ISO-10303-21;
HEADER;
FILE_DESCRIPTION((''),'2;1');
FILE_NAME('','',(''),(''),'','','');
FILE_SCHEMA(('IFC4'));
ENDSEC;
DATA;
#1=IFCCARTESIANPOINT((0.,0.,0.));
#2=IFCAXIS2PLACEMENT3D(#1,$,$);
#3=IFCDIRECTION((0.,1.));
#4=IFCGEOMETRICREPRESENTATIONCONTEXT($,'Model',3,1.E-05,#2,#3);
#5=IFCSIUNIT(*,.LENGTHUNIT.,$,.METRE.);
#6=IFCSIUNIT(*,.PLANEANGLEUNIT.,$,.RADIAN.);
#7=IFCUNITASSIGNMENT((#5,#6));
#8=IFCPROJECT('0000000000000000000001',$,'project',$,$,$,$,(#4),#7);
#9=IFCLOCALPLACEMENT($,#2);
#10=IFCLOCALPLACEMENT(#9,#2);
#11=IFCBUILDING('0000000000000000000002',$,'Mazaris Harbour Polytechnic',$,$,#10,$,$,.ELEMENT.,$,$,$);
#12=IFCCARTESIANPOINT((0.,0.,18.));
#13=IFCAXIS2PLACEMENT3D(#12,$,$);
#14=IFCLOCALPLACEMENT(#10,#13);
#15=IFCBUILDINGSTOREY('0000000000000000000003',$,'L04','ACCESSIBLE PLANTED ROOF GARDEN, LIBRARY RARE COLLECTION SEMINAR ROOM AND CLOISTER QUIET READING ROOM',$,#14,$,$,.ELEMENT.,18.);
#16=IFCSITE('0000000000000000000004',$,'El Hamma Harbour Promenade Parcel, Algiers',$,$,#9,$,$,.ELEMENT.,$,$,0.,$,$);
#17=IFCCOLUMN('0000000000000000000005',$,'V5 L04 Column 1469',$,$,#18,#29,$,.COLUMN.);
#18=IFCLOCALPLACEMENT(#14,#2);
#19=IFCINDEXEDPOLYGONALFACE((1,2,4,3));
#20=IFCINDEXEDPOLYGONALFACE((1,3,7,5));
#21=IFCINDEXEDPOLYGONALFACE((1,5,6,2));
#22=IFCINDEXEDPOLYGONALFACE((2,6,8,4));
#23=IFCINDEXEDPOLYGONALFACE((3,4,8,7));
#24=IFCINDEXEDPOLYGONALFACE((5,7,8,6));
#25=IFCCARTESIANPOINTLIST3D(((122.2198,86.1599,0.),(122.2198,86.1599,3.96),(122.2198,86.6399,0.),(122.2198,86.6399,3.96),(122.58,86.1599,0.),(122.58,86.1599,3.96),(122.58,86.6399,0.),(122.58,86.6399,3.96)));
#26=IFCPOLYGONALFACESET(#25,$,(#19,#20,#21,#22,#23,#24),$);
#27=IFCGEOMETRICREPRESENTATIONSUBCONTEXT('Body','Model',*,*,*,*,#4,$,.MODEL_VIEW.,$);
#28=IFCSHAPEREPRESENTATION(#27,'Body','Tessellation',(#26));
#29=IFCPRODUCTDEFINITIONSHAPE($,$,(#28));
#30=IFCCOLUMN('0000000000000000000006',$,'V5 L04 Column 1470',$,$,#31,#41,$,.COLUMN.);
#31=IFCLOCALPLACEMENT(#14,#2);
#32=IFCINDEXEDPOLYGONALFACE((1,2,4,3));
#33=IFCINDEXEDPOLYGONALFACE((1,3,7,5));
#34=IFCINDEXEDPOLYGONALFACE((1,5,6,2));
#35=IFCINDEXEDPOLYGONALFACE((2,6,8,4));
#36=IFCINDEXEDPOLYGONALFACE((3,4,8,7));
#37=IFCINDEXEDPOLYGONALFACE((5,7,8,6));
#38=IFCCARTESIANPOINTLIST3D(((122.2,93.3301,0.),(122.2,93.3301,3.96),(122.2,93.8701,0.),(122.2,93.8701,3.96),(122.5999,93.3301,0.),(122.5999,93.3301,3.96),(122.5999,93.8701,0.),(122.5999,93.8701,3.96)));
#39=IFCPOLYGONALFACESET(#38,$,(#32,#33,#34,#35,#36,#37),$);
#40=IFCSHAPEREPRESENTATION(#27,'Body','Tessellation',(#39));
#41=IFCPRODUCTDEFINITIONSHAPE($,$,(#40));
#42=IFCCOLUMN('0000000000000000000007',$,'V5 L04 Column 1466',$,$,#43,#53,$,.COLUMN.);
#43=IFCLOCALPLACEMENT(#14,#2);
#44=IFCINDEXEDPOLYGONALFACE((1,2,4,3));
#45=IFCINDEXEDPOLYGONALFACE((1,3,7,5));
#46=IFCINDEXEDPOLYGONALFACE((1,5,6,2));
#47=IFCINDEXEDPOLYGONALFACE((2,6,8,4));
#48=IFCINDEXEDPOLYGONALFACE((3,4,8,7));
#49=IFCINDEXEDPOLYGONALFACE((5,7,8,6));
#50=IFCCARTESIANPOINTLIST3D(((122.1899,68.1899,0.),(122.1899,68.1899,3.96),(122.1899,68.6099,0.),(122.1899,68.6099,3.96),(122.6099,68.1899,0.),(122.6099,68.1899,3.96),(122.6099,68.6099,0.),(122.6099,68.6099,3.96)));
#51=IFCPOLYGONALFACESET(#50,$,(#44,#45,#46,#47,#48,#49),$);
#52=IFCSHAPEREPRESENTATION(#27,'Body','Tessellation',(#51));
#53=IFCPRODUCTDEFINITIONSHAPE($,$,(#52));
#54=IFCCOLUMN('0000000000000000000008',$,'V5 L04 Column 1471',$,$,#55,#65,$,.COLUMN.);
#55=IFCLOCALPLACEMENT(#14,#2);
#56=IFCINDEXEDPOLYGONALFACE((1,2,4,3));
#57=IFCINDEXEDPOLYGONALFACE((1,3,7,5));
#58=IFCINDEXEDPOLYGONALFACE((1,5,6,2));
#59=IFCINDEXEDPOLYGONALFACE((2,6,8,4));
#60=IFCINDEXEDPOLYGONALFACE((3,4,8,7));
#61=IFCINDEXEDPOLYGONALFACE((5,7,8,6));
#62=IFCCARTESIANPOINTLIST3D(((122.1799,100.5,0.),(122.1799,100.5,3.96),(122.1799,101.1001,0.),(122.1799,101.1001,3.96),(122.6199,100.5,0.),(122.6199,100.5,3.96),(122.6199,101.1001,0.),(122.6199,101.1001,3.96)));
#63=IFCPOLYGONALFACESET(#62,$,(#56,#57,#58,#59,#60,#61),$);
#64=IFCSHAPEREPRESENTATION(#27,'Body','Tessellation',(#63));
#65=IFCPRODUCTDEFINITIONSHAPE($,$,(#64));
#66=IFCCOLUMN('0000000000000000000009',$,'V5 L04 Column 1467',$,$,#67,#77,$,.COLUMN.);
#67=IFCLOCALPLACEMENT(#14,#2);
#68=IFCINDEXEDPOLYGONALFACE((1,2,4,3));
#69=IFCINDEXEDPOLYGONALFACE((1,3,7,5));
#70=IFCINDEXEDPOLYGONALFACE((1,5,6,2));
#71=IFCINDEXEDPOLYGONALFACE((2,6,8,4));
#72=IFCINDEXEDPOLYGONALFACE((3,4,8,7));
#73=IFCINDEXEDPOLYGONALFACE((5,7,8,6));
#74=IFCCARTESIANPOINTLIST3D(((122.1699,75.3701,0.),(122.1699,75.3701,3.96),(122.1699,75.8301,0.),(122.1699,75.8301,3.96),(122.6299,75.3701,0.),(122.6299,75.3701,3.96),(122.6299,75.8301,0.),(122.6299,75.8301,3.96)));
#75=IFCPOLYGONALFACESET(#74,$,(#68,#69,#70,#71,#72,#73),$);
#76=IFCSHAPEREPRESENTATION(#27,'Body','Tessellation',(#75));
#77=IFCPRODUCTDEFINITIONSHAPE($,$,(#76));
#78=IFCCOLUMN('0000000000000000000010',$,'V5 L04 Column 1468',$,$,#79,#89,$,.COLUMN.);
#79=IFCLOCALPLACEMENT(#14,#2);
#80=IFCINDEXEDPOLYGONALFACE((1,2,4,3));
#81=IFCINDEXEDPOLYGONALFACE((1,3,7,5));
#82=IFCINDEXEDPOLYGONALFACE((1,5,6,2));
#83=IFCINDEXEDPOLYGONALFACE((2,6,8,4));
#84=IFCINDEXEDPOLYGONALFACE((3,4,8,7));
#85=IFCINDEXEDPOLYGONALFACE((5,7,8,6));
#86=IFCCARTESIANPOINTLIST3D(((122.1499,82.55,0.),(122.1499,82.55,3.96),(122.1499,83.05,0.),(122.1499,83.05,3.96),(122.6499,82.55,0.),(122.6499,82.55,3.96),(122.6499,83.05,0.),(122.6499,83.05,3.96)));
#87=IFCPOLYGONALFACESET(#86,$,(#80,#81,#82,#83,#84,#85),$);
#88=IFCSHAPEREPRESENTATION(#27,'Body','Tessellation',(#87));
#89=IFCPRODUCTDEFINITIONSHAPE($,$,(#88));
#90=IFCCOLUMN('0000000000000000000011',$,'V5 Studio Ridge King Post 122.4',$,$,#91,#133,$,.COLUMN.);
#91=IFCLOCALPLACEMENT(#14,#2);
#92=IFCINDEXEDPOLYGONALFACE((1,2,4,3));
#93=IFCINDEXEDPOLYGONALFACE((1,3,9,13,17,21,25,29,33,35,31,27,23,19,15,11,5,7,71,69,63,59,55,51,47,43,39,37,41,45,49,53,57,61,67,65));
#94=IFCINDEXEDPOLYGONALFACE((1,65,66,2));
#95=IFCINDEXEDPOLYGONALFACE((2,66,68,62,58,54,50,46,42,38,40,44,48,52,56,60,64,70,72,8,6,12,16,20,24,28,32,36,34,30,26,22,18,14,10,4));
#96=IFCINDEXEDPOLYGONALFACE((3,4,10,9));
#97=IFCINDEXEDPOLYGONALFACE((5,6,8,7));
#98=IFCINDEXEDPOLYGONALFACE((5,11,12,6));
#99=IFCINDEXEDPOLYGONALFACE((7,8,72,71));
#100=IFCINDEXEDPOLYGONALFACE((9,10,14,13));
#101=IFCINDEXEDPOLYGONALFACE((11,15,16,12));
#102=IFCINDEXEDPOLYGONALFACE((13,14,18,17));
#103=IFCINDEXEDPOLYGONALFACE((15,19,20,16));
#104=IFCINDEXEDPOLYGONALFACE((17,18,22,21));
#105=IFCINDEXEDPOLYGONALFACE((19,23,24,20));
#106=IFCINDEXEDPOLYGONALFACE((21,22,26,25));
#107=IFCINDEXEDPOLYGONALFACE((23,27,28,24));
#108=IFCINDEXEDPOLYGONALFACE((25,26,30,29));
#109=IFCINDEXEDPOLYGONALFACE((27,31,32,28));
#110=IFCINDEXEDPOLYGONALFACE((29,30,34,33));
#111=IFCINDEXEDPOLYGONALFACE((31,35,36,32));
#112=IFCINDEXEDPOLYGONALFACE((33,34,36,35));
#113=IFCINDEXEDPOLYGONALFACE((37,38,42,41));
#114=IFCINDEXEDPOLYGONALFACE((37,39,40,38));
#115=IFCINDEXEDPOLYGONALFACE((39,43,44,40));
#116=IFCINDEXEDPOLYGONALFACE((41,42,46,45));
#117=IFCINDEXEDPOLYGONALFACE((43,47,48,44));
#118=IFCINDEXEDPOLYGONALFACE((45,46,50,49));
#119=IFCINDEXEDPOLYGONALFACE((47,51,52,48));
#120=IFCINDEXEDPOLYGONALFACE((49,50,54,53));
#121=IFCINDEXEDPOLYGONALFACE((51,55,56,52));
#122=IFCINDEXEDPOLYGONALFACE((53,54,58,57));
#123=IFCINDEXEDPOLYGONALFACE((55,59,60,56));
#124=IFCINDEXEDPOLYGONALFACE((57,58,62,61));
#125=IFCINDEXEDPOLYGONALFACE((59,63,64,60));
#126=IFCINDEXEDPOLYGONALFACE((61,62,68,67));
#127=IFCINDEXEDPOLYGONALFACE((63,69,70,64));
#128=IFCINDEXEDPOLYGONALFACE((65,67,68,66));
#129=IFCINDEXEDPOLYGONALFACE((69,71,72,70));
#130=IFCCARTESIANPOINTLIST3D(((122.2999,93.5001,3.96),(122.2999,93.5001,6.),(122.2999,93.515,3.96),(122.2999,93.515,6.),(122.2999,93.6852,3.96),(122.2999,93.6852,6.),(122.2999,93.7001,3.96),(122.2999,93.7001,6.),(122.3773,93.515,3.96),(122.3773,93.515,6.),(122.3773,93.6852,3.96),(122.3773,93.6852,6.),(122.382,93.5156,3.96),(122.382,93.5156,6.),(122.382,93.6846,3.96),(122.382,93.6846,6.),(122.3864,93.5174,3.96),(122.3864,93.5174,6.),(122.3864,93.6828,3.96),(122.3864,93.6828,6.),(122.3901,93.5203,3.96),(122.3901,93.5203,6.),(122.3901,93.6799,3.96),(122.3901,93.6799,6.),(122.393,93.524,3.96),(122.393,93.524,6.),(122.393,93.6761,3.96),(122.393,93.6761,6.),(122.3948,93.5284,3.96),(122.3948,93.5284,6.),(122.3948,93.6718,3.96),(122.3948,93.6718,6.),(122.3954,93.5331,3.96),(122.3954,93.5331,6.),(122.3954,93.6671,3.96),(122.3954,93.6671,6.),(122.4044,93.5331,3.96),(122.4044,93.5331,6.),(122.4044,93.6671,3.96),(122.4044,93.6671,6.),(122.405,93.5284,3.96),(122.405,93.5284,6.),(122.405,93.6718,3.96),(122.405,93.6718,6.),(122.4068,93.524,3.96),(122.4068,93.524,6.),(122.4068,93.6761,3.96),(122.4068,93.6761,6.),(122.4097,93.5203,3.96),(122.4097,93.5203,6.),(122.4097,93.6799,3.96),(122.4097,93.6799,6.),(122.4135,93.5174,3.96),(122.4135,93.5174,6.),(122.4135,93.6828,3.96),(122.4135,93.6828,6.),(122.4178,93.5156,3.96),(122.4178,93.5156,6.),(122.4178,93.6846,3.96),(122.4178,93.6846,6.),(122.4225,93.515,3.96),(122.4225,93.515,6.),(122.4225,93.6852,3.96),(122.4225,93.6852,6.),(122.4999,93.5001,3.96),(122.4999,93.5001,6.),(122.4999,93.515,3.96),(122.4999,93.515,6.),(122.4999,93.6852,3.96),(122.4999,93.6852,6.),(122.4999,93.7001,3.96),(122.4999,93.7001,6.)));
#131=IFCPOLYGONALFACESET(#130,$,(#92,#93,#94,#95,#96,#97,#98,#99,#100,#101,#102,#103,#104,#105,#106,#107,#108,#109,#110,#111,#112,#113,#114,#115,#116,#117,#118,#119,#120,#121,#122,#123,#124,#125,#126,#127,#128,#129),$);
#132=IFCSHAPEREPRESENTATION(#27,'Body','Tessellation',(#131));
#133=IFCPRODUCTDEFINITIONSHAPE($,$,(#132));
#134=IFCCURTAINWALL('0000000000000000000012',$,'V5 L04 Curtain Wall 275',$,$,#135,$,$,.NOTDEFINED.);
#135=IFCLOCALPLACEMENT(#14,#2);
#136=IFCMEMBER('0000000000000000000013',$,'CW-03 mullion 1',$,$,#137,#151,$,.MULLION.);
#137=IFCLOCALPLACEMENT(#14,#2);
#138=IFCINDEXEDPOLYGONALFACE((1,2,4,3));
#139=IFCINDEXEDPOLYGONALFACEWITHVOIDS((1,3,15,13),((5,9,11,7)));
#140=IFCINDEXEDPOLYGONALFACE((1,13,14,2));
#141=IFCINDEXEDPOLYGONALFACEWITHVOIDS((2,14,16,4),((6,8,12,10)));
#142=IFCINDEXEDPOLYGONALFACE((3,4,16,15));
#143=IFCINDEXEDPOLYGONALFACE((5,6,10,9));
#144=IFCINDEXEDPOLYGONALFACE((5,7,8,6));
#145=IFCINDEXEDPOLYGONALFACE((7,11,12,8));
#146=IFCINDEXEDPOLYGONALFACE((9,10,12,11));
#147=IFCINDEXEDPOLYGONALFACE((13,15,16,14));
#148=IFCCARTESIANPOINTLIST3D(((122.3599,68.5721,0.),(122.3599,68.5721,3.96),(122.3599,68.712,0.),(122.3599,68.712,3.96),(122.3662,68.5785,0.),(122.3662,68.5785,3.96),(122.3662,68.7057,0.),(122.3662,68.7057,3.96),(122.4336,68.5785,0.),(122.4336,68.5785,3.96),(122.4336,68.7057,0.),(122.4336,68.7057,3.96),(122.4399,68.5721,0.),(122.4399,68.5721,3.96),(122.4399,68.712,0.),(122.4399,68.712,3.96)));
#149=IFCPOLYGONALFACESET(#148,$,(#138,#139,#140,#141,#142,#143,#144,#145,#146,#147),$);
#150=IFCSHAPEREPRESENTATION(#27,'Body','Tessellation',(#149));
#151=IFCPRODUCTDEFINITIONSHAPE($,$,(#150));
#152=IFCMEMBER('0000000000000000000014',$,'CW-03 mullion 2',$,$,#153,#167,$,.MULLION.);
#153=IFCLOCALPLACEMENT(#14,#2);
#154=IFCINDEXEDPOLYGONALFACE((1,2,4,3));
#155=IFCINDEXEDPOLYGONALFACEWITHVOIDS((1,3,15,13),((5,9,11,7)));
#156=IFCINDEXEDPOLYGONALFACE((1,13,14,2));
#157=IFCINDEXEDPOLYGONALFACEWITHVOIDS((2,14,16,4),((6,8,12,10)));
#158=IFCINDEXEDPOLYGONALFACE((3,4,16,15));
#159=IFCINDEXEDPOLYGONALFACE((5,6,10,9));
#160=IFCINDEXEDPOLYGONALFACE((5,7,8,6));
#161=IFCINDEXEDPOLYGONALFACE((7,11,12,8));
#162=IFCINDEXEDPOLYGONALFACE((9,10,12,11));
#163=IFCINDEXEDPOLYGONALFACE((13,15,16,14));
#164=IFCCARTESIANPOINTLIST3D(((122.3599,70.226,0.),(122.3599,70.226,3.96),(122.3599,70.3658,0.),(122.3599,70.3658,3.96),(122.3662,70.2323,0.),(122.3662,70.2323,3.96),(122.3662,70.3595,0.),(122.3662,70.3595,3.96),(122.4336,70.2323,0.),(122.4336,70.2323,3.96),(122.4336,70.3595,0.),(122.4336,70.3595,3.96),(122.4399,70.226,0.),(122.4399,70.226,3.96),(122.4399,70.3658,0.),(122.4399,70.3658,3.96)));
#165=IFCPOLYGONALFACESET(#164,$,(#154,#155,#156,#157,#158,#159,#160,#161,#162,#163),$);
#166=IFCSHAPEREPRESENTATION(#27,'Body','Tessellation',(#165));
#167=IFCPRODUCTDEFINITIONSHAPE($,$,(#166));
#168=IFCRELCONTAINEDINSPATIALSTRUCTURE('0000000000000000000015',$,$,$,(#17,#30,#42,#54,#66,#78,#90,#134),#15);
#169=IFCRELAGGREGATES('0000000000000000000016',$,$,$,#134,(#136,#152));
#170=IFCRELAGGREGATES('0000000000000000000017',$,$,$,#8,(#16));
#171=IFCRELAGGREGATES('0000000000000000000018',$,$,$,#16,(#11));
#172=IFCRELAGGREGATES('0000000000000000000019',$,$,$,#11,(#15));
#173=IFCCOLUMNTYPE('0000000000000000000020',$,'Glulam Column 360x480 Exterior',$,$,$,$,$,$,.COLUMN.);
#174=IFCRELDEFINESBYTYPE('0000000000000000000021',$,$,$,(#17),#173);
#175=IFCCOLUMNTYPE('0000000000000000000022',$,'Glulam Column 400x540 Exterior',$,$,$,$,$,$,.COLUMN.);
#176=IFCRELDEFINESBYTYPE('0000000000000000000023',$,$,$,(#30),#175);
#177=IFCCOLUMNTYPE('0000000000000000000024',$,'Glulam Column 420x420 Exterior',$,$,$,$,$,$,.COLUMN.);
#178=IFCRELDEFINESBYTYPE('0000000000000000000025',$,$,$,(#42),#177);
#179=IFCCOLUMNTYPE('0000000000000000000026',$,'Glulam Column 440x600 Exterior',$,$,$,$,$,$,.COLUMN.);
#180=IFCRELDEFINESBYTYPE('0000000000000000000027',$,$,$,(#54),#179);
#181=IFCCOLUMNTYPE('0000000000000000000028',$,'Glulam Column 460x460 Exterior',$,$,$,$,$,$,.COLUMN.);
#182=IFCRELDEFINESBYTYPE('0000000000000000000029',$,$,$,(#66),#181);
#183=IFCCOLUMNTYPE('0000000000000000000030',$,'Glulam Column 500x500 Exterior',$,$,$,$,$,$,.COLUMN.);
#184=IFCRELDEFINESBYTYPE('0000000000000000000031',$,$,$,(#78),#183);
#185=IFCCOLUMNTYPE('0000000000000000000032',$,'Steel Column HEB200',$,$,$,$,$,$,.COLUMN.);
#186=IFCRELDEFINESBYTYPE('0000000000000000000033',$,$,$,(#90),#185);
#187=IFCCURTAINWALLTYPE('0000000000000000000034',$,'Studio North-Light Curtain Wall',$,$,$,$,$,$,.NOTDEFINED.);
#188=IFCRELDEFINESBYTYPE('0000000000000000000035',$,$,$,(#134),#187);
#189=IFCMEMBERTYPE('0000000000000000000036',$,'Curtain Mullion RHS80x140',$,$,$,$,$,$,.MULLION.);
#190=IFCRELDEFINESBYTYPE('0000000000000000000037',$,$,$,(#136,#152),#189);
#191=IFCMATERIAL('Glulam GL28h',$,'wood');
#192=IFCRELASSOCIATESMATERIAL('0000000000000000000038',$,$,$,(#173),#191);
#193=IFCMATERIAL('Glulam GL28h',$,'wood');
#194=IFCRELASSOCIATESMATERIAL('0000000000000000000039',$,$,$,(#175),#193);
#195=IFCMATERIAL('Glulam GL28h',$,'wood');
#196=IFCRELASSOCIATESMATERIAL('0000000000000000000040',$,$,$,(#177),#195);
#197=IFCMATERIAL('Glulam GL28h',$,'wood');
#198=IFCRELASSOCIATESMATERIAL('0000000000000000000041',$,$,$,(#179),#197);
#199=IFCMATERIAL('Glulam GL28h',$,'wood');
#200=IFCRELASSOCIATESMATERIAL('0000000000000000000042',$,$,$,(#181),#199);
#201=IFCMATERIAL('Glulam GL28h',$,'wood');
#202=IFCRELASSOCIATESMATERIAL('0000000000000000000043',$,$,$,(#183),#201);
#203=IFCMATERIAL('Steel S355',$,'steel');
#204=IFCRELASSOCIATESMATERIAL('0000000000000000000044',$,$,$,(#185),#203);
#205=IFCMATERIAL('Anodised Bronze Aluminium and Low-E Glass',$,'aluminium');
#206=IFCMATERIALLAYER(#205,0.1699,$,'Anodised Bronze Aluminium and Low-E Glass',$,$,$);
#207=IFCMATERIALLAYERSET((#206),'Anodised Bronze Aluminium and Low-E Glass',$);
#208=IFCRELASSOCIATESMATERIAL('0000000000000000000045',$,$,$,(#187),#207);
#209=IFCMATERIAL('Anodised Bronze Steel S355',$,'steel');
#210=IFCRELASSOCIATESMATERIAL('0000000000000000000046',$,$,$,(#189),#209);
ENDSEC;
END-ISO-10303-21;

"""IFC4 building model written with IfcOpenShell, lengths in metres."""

from ifc_helpers import new_model, si_unit, direction, frame, origin, origin_2d, place, context, subcontext, project, spatial, rectangle, hollow_rectangle, i_section, extrude, material, layer, layer_set, material_profile, profile_set, type_object, element, aggregate, save


model = new_model("IFC4")

# Units and contexts
model_context = context("Model", 3, precision=1e-05, world=origin(), true_north=direction((0.0, 1.0)))
body_context = subcontext(model_context, "Body", "Model", "MODEL_VIEW")
ifc_project = project(units=[si_unit("LENGTHUNIT", "METRE"), si_unit("PLANEANGLEUNIT", "RADIAN")], contexts=[model_context])

# Site, building, storey
site_placement = place(None, origin())
site = spatial("IfcSite", under=ifc_project, at=site_placement, Name="El Hamma Harbour Promenade Parcel, Algiers", CompositionType="ELEMENT", RefElevation=0.0)
building_placement = place(site_placement, origin())
building = spatial("IfcBuilding", under=site, at=building_placement, Name="Mazaris Harbour Polytechnic", CompositionType="ELEMENT")
storey_placement = place(building_placement, frame((0.0, 0.0, 18.0)))
storey = spatial("IfcBuildingStorey", under=building, at=storey_placement, Name="L04", Description="ACCESSIBLE PLANTED ROOF GARDEN, LIBRARY RARE COLLECTION SEMINAR ROOM AND CLOISTER QUIET READING ROOM", CompositionType="ELEMENT", Elevation=18.0)

# Columns
ifc_material_1 = material(Name="Glulam GL28h", Category="wood")
ifc_material_profile_1 = material_profile(ifc_material_1, rectangle(XDim=0.3601, YDim=0.48, at=origin_2d()), Name="RECT360x480")
ifc_profile_set_1 = profile_set([ifc_material_profile_1], Name="Glulam GL28h")
column_type_1 = type_object("IfcColumnType", Name="Glulam Column 360x480 Exterior", PredefinedType="COLUMN", material=ifc_profile_set_1)
column_1_placement = place(storey_placement, frame((122.3999, 86.3999, 0.0), z_axis=(0.0, 0.0, 1.0), x_axis=(1.0, 0.0, 0.0)))
element("IfcColumn", 1, at=column_1_placement, inside=storey, type_object=column_type_1, Name="V5 L04 Column 1469", PredefinedType="COLUMN", context=body_context, shape_type="SweptSolid", body=[
    extrude(rectangle(XDim=0.3601, YDim=0.48, at=origin_2d()), origin(), (0.0, 0.0, 1.0), 3.96),
])
ifc_material_2 = material(Name="Glulam GL28h", Category="wood")
ifc_material_profile_2 = material_profile(ifc_material_2, rectangle(XDim=0.3999, YDim=0.54, at=origin_2d()), Name="RECT400x540")
ifc_profile_set_2 = profile_set([ifc_material_profile_2], Name="Glulam GL28h")
column_type_2 = type_object("IfcColumnType", Name="Glulam Column 400x540 Exterior", PredefinedType="COLUMN", material=ifc_profile_set_2)
column_2_placement = place(storey_placement, frame((122.3999, 93.6001, 0.0), z_axis=(0.0, 0.0, 1.0), x_axis=(1.0, 0.0, 0.0)))
element("IfcColumn", 2, at=column_2_placement, inside=storey, type_object=column_type_2, Name="V5 L04 Column 1470", PredefinedType="COLUMN", context=body_context, shape_type="SweptSolid", body=[
    extrude(rectangle(XDim=0.3999, YDim=0.54, at=origin_2d()), origin(), (0.0, 0.0, 1.0), 3.96),
])
ifc_material_3 = material(Name="Glulam GL28h", Category="wood")
ifc_material_profile_3 = material_profile(ifc_material_3, rectangle(XDim=0.4199, YDim=0.4199, at=origin_2d()), Name="RECT420x420")
ifc_profile_set_3 = profile_set([ifc_material_profile_3], Name="Glulam GL28h")
column_type_3 = type_object("IfcColumnType", Name="Glulam Column 420x420 Exterior", PredefinedType="COLUMN", material=ifc_profile_set_3)
column_3_placement = place(storey_placement, frame((122.3999, 68.3999, 0.0), z_axis=(0.0, 0.0, 1.0), x_axis=(1.0, 0.0, 0.0)))
element("IfcColumn", 3, at=column_3_placement, inside=storey, type_object=column_type_3, Name="V5 L04 Column 1466", PredefinedType="COLUMN", context=body_context, shape_type="SweptSolid", body=[
    extrude(rectangle(XDim=0.4199, YDim=0.4199, at=origin_2d()), origin(), (0.0, 0.0, 1.0), 3.96),
])
ifc_material_4 = material(Name="Glulam GL28h", Category="wood")
ifc_material_profile_4 = material_profile(ifc_material_4, rectangle(XDim=0.4399, YDim=0.6001, at=origin_2d()), Name="RECT440x600")
ifc_profile_set_4 = profile_set([ifc_material_profile_4], Name="Glulam GL28h")
column_type_4 = type_object("IfcColumnType", Name="Glulam Column 440x600 Exterior", PredefinedType="COLUMN", material=ifc_profile_set_4)
column_4_placement = place(storey_placement, frame((122.3999, 100.8, 0.0), z_axis=(0.0, 0.0, 1.0), x_axis=(1.0, 0.0, 0.0)))
element("IfcColumn", 4, at=column_4_placement, inside=storey, type_object=column_type_4, Name="V5 L04 Column 1471", PredefinedType="COLUMN", context=body_context, shape_type="SweptSolid", body=[
    extrude(rectangle(XDim=0.4399, YDim=0.6001, at=origin_2d()), origin(), (0.0, 0.0, 1.0), 3.96),
])
ifc_material_5 = material(Name="Glulam GL28h", Category="wood")
ifc_material_profile_5 = material_profile(ifc_material_5, rectangle(XDim=0.46, YDim=0.46, at=origin_2d()), Name="RECT460x460")
ifc_profile_set_5 = profile_set([ifc_material_profile_5], Name="Glulam GL28h")
column_type_5 = type_object("IfcColumnType", Name="Glulam Column 460x460 Exterior", PredefinedType="COLUMN", material=ifc_profile_set_5)
column_5_placement = place(storey_placement, frame((122.3999, 75.6001, 0.0), z_axis=(0.0, 0.0, 1.0), x_axis=(1.0, 0.0, 0.0)))
element("IfcColumn", 5, at=column_5_placement, inside=storey, type_object=column_type_5, Name="V5 L04 Column 1467", PredefinedType="COLUMN", context=body_context, shape_type="SweptSolid", body=[
    extrude(rectangle(XDim=0.46, YDim=0.46, at=origin_2d()), origin(), (0.0, 0.0, 1.0), 3.96),
])
ifc_material_6 = material(Name="Glulam GL28h", Category="wood")
ifc_material_profile_6 = material_profile(ifc_material_6, rectangle(XDim=0.5, YDim=0.5, at=origin_2d()), Name="RECT500x500")
ifc_profile_set_6 = profile_set([ifc_material_profile_6], Name="Glulam GL28h")
column_type_6 = type_object("IfcColumnType", Name="Glulam Column 500x500 Exterior", PredefinedType="COLUMN", material=ifc_profile_set_6)
column_6_placement = place(storey_placement, frame((122.3999, 82.8, 0.0), z_axis=(0.0, 0.0, 1.0), x_axis=(1.0, 0.0, 0.0)))
element("IfcColumn", 6, at=column_6_placement, inside=storey, type_object=column_type_6, Name="V5 L04 Column 1468", PredefinedType="COLUMN", context=body_context, shape_type="SweptSolid", body=[
    extrude(rectangle(XDim=0.5, YDim=0.5, at=origin_2d()), origin(), (0.0, 0.0, 1.0), 3.96),
])
ifc_material_7 = material(Name="Steel S355", Category="steel")
ifc_material_profile_7 = material_profile(ifc_material_7, i_section(OverallWidth=0.2, OverallDepth=0.2, WebThickness=0.009, FlangeThickness=0.0149, FilletRadius=0.0181, at=origin_2d()), Name="HEB 200")
ifc_profile_set_7 = profile_set([ifc_material_profile_7], Name="Steel S355")
column_type_7 = type_object("IfcColumnType", Name="Steel Column HEB200", PredefinedType="COLUMN", material=ifc_profile_set_7)
column_7_placement = place(storey_placement, frame((122.3999, 93.6001, 3.96), z_axis=(0.0, 0.0, 1.0), x_axis=(1.0, 0.0, 0.0)))
element("IfcColumn", 7, at=column_7_placement, inside=storey, type_object=column_type_7, Name="V5 Studio Ridge King Post 122.4", PredefinedType="COLUMN", context=body_context, shape_type="SweptSolid", body=[
    extrude(i_section(OverallWidth=0.2, OverallDepth=0.2, WebThickness=0.009, FlangeThickness=0.0149, FilletRadius=0.0181, at=origin_2d()), origin(), (0.0, 0.0, 1.0), 2.04),
])

# Curtain wall, members
ifc_material_8 = material(Name="Anodised Bronze Aluminium and Low-E Glass", Category="aluminium")
ifc_layer = layer(ifc_material_8, 0.1699, Name="Anodised Bronze Aluminium and Low-E Glass")
ifc_layer_set = layer_set([ifc_layer], Name="Anodised Bronze Aluminium and Low-E Glass")
curtain_wall_type = type_object("IfcCurtainWallType", Name="Studio North-Light Curtain Wall", PredefinedType="NOTDEFINED", material=ifc_layer_set)
curtain_wall_placement = place(storey_placement, origin())
curtain_wall = element("IfcCurtainWall", 8, at=curtain_wall_placement, inside=storey, type_object=curtain_wall_type, Name="V5 L04 Curtain Wall 275", PredefinedType="NOTDEFINED")
ifc_material_9 = material(Name="Anodised Bronze Steel S355", Category="steel")
ifc_material_profile_8 = material_profile(ifc_material_9, hollow_rectangle(XDim=0.0801, YDim=0.1399, WallThickness=0.0063, at=origin_2d()), Name="RHS 80x140x6.3")
ifc_profile_set_8 = profile_set([ifc_material_profile_8], Name="Anodised Bronze Steel S355")
member_type_1 = type_object("IfcMemberType", Name="Curtain Mullion RHS80x140", PredefinedType="MULLION", material=ifc_profile_set_8)
member_1_placement = place(storey_placement, frame((122.3999, 68.6421, 0.0), z_axis=(0.0, 0.0, 1.0), x_axis=(-1.0, 0.0, 0.0)))
member_1 = element("IfcMember", 9, at=member_1_placement, type_object=member_type_1, Name="CW-03 mullion 1", PredefinedType="MULLION", context=body_context, shape_type="SweptSolid", body=[
    extrude(hollow_rectangle(XDim=0.0801, YDim=0.1399, WallThickness=0.0063, at=origin_2d()), origin(), (0.0, 0.0, 1.0), 3.96),
])
member_2_placement = place(storey_placement, frame((122.3999, 70.2959, 0.0), z_axis=(0.0, 0.0, 1.0), x_axis=(-1.0, 0.0, 0.0)))
member_2 = element("IfcMember", 10, at=member_2_placement, type_object=member_type_1, Name="CW-03 mullion 2", PredefinedType="MULLION", context=body_context, shape_type="SweptSolid", body=[
    extrude(hollow_rectangle(XDim=0.0801, YDim=0.1399, WallThickness=0.0063, at=origin_2d()), origin(), (0.0, 0.0, 1.0), 3.96),
])
aggregate(curtain_wall, [member_1, member_2])

save(model, "model.ifc")
